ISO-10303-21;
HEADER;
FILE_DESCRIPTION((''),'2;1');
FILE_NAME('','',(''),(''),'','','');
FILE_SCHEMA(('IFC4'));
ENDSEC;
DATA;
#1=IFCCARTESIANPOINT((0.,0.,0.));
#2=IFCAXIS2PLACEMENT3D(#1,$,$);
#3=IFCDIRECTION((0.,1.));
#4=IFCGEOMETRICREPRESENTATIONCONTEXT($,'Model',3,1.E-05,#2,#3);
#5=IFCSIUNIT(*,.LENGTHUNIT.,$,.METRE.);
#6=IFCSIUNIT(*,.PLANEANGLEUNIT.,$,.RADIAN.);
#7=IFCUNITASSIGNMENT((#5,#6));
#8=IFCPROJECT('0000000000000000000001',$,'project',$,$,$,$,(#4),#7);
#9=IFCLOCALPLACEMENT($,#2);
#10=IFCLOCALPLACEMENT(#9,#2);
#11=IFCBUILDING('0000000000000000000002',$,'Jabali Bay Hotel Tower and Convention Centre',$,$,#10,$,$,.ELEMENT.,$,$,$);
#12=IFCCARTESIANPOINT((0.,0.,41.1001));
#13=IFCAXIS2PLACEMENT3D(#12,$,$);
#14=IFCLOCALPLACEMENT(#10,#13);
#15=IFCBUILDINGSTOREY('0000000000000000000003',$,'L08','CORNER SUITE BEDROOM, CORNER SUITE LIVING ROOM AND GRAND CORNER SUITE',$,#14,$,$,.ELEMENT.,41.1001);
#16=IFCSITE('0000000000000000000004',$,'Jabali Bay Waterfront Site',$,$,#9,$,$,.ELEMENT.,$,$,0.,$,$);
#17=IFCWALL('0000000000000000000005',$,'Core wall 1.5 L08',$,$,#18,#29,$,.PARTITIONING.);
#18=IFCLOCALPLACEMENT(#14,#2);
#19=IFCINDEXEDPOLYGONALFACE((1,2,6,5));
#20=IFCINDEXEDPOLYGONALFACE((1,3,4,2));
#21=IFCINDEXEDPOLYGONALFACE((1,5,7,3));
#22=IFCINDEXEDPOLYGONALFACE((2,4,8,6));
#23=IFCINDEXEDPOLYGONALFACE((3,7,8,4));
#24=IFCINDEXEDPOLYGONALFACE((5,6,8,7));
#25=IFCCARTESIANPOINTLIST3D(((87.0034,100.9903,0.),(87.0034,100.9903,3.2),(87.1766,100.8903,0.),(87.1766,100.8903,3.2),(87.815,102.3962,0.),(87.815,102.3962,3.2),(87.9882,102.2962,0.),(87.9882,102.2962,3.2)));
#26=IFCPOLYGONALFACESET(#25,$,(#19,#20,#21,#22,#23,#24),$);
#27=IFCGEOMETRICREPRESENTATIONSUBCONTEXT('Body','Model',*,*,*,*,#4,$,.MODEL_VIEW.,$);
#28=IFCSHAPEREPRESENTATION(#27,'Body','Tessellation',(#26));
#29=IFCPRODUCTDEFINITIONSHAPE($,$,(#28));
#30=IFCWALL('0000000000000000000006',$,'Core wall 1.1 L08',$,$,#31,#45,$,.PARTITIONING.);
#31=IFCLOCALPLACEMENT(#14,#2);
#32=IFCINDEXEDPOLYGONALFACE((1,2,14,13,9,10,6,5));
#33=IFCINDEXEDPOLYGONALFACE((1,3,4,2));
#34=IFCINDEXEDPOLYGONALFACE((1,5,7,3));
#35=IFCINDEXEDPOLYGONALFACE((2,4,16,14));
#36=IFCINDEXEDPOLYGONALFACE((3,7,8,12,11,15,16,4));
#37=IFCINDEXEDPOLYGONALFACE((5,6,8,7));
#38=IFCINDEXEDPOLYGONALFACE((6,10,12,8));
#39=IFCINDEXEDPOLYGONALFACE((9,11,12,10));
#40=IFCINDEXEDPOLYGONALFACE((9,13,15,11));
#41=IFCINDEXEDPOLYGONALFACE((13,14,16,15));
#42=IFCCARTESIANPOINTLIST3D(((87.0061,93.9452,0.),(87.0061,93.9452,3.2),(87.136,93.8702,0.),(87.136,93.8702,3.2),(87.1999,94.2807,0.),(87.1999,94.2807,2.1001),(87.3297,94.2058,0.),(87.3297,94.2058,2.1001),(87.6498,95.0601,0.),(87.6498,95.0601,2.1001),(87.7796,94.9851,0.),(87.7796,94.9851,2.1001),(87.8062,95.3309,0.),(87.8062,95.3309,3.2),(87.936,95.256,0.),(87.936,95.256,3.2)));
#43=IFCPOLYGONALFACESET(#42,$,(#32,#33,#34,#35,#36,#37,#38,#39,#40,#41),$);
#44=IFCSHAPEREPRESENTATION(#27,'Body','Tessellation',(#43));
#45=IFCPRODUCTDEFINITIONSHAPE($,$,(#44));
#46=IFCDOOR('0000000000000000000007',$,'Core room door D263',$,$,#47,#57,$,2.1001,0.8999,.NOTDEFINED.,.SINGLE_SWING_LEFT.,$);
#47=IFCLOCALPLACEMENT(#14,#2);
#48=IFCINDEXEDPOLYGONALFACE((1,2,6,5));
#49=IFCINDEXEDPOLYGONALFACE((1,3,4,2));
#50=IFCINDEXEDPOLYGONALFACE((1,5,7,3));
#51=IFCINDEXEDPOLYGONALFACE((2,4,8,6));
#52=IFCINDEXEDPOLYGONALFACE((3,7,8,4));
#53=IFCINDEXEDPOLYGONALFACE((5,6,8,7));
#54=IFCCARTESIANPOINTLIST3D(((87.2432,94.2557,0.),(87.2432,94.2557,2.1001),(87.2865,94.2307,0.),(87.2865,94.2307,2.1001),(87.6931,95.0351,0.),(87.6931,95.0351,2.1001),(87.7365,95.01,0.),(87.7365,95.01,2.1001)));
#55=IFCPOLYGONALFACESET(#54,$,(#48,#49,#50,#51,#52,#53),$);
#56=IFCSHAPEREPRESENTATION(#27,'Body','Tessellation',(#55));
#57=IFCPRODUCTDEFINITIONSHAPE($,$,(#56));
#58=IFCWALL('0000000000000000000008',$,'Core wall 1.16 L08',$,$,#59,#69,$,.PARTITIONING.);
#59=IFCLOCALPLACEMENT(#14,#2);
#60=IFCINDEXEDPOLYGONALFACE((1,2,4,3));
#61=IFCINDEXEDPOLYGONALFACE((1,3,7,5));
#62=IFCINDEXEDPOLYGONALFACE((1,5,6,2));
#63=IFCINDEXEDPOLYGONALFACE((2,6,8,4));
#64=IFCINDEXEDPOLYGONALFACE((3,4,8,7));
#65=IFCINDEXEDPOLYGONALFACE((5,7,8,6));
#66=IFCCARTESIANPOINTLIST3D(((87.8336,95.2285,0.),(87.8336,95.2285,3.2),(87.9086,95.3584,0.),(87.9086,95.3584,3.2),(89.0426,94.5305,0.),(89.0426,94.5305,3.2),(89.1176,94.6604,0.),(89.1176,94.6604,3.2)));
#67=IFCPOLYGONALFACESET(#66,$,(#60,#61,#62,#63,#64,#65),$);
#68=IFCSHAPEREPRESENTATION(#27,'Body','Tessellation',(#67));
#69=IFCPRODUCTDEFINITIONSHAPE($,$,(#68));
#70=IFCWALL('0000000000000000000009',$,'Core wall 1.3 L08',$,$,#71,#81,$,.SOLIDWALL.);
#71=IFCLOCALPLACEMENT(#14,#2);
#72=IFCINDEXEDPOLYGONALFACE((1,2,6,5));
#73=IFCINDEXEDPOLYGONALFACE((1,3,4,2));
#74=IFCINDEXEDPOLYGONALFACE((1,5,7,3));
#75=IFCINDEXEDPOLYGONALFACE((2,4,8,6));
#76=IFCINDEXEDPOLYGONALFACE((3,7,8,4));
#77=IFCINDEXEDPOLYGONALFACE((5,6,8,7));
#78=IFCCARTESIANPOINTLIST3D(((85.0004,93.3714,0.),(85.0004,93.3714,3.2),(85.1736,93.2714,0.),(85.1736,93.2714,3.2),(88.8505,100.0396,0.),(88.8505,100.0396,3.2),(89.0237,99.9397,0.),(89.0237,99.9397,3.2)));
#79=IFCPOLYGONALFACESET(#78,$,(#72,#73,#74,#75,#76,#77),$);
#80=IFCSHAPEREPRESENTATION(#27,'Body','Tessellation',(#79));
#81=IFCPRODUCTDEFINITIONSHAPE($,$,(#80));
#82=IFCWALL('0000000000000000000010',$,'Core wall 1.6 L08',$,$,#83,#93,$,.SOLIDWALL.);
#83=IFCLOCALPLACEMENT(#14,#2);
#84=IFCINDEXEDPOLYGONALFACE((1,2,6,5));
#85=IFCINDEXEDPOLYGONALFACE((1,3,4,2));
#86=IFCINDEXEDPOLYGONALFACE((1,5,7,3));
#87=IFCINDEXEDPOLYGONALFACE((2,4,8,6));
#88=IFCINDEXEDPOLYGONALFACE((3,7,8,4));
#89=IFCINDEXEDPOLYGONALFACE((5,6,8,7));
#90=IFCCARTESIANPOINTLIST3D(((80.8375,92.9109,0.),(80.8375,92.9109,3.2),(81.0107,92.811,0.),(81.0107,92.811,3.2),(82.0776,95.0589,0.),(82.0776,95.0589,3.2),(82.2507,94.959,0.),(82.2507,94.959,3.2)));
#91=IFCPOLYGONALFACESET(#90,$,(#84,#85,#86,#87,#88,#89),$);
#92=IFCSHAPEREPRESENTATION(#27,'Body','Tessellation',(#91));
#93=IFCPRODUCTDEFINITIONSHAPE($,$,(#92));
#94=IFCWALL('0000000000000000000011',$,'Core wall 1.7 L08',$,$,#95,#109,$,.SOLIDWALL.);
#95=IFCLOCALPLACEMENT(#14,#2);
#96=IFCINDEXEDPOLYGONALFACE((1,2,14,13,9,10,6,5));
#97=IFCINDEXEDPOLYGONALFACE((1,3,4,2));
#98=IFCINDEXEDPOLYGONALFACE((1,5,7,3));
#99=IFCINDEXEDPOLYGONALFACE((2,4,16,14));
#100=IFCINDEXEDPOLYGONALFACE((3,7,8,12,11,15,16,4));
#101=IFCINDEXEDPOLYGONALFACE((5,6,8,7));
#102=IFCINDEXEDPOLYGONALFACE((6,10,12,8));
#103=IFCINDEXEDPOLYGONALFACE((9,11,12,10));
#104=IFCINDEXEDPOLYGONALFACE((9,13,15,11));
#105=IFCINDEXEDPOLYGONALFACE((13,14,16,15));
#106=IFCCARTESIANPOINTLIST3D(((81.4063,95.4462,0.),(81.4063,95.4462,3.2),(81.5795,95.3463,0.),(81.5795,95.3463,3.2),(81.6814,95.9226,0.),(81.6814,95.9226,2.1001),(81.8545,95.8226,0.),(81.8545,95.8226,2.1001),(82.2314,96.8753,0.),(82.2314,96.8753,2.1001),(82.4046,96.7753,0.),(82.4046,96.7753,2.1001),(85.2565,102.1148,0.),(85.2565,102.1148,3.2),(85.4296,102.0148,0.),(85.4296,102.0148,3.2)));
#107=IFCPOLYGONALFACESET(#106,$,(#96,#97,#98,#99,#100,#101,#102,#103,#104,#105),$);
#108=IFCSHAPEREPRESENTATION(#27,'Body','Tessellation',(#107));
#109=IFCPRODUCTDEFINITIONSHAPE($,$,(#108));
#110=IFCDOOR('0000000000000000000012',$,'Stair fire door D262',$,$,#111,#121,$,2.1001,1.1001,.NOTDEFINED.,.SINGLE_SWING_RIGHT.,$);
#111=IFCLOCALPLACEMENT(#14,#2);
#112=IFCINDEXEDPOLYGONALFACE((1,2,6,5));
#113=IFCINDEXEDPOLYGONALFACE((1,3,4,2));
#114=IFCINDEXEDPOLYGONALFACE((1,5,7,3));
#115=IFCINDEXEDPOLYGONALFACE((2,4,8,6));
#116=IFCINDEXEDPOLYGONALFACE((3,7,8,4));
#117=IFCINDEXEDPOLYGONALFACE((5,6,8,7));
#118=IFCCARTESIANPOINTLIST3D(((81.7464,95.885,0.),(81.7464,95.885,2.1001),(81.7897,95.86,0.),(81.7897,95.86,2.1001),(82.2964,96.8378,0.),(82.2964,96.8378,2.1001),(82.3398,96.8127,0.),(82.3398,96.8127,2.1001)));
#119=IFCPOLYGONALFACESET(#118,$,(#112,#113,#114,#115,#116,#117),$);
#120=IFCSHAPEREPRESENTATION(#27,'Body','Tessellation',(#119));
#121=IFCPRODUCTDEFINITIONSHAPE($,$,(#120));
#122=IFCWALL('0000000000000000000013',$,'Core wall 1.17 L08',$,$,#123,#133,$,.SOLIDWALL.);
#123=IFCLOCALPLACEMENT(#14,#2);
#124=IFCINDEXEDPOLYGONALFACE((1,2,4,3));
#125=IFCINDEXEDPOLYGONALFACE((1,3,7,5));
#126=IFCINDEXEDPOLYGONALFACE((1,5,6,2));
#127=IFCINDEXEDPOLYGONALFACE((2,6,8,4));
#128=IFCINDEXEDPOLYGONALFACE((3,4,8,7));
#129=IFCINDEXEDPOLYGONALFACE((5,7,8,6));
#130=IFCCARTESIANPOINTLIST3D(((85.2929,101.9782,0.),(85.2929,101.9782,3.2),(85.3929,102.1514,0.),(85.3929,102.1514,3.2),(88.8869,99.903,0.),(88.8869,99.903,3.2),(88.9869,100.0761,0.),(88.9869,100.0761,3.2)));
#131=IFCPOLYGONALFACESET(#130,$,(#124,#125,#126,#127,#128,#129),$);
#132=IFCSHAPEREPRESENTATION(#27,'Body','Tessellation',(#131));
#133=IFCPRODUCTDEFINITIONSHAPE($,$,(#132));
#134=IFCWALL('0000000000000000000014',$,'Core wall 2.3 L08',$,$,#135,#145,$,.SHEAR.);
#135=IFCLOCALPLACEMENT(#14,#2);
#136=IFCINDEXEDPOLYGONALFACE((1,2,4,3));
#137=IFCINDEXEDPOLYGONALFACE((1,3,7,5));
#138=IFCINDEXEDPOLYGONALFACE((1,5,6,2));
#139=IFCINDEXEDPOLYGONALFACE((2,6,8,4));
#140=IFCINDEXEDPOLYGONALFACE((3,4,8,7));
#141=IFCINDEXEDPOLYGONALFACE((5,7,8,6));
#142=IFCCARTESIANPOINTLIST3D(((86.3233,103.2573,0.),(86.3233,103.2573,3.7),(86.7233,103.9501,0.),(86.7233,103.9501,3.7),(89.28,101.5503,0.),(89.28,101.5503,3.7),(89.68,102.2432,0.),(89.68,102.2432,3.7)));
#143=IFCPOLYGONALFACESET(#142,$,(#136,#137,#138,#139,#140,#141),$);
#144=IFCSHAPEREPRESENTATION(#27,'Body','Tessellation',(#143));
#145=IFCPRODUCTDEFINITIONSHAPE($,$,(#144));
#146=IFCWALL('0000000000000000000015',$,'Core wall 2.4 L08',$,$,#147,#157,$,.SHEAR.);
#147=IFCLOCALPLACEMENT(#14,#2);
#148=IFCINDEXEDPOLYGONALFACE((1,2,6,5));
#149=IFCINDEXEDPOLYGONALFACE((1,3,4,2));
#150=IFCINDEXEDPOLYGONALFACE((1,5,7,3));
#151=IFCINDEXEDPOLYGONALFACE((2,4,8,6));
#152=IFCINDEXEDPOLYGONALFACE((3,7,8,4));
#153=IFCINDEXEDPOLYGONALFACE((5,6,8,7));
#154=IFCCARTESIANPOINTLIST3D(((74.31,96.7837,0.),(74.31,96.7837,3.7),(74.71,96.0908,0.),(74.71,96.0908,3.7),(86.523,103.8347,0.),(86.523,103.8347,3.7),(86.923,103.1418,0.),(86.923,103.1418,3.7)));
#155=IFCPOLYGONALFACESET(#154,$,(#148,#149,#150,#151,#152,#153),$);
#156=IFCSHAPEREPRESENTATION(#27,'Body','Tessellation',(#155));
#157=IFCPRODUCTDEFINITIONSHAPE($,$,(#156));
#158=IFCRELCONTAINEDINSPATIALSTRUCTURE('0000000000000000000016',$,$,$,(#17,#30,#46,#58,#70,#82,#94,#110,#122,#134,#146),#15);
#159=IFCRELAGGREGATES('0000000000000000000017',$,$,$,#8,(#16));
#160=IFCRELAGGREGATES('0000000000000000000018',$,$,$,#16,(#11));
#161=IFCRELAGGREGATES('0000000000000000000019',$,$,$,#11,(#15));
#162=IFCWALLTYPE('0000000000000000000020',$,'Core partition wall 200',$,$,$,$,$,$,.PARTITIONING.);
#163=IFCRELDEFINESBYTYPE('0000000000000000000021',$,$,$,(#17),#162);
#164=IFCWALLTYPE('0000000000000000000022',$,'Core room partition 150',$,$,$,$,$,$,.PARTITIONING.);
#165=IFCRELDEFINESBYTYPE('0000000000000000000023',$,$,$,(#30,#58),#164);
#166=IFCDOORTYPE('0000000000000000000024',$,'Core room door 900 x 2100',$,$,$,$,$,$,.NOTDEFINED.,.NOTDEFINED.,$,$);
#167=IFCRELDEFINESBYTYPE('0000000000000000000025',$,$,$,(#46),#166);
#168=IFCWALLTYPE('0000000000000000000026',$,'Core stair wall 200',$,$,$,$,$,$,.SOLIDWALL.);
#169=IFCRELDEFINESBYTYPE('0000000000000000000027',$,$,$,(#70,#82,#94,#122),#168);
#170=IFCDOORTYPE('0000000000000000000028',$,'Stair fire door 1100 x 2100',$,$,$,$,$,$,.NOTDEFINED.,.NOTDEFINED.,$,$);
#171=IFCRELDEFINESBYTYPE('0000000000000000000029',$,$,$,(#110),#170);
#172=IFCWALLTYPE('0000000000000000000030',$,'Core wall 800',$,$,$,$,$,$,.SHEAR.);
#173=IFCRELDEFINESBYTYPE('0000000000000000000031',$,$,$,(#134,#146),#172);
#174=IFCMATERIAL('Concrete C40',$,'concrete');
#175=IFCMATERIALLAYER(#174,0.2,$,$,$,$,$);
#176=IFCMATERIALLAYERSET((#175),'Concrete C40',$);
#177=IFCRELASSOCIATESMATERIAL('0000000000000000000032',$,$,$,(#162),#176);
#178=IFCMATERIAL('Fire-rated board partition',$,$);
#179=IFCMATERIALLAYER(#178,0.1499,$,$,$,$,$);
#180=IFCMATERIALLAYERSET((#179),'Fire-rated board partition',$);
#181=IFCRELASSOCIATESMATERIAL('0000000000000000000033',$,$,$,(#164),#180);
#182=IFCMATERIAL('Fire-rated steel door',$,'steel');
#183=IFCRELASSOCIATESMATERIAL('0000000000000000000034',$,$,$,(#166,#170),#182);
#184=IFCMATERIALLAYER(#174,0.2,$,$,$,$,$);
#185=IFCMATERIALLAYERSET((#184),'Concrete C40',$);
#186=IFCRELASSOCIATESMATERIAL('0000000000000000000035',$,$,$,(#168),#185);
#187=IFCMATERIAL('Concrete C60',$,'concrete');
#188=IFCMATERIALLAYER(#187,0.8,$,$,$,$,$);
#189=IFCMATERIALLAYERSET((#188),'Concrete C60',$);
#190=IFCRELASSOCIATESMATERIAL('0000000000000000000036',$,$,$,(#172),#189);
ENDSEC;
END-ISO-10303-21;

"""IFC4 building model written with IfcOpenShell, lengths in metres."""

from ifc_helpers import new_model, si_unit, direction, frame, frame_2d, origin, place, context, subcontext, project, spatial, rectangle, extrude, material, layer, layer_set, type_object, element, fill, save


model = new_model("IFC4")

# Units and contexts
model_context = context("Model", 3, precision=1e-05, world=origin(), true_north=direction((0.0, 1.0)))
body_context = subcontext(model_context, "Body", "Model", "MODEL_VIEW")
ifc_project = project(units=[si_unit("LENGTHUNIT", "METRE"), si_unit("PLANEANGLEUNIT", "RADIAN")], contexts=[model_context])

# Site, building, storey
site_placement = place(None, origin())
site = spatial("IfcSite", under=ifc_project, at=site_placement, Name="Jabali Bay Waterfront Site", CompositionType="ELEMENT", RefElevation=0.0)
building_placement = place(site_placement, origin())
building = spatial("IfcBuilding", under=site, at=building_placement, Name="Jabali Bay Hotel Tower and Convention Centre", CompositionType="ELEMENT")
storey_placement = place(building_placement, frame((0.0, 0.0, 41.1001)))
storey = spatial("IfcBuildingStorey", under=building, at=storey_placement, Name="L08", Description="CORNER SUITE BEDROOM, CORNER SUITE LIVING ROOM AND GRAND CORNER SUITE", CompositionType="ELEMENT", Elevation=41.1001)

# Wall
ifc_material_1 = material(Name="Concrete C40", Category="concrete")
ifc_layer_1 = layer(ifc_material_1, 0.2)
ifc_layer_set_1 = layer_set([ifc_layer_1], Name="Concrete C40")
wall_type_1 = type_object("IfcWallType", Name="Core partition wall 200", PredefinedType="PARTITIONING", material=ifc_layer_set_1)
wall_1_placement = place(storey_placement, frame((87.0901, 100.9404, 0.0), z_axis=(0.0, 0.0, 1.0), x_axis=(0.499957, 0.86605, 0.0)))
element("IfcWall", 1, at=wall_1_placement, inside=storey, type_object=wall_type_1, Name="Core wall 1.5 L08", PredefinedType="PARTITIONING", context=body_context, shape_type="SweptSolid", body=[
    extrude(rectangle(XDim=1.6233, YDim=0.2, at=frame_2d((0.8115, 0.0))), origin(), (0.0, 0.0, 1.0), 3.2),
])

# Wall, opening, door
ifc_material_2 = material(Name="Fire-rated board partition")
ifc_layer_2 = layer(ifc_material_2, 0.1499)
ifc_layer_set_2 = layer_set([ifc_layer_2], Name="Fire-rated board partition")
wall_type_2 = type_object("IfcWallType", Name="Core room partition 150", PredefinedType="PARTITIONING", material=ifc_layer_set_2)
wall_2_placement = place(storey_placement, frame((87.071, 93.9077, 0.0), z_axis=(0.0, 0.0, 1.0), x_axis=(0.499995, 0.866028, 0.0)))
wall_2 = element("IfcWall", 2, at=wall_2_placement, inside=storey, type_object=wall_type_2, Name="Core wall 1.1 L08", PredefinedType="PARTITIONING", context=body_context, shape_type="SweptSolid", body=[
    extrude(rectangle(XDim=1.6001, YDim=0.1499, at=frame_2d((0.8, 0.0))), origin(), (0.0, 0.0, 1.0), 3.2),
])
opening_1_placement = place(wall_2_placement, frame((0.3875, 0.0, 0.0)))
opening_1 = element("IfcOpeningElement", 3, at=opening_1_placement, cuts=wall_2, PredefinedType="OPENING", context=body_context, shape_type="SweptSolid", body=[
    extrude(rectangle(XDim=0.8999, YDim=2.1001, at=frame_2d((0.45, 1.05))), frame((0.0, 0.0854, 0.0), z_axis=(0.0, -1.0, 0.0), x_axis=(1.0, 0.0, 0.0)), (0.0, 0.0, 1.0), 0.1709),
])
ifc_material_3 = material(Name="Fire-rated steel door", Category="steel")
door_type_1 = type_object("IfcDoorType", Name="Core room door 900 x 2100", OperationType="NOTDEFINED", PredefinedType="NOTDEFINED", material=ifc_material_3)
door_1_placement = place(opening_1_placement, origin())
door_1 = element("IfcDoor", 4, at=door_1_placement, inside=storey, type_object=door_type_1, Name="Core room door D263", OperationType="SINGLE_SWING_LEFT", OverallHeight=2.1001, OverallWidth=0.8999, PredefinedType="NOTDEFINED", context=body_context, shape_type="SweptSolid", body=[
    extrude(rectangle(XDim=0.8999, YDim=2.1001, at=frame_2d((0.45, 1.05))), frame((0.0, 0.0249, 0.0), z_axis=(0.0, -1.0, 0.0), x_axis=(1.0, 0.0, 0.0)), (0.0, 0.0, 1.0), 0.05),
])
fill(opening_1, door_1)

# Walls
wall_3_placement = place(storey_placement, frame((89.0801, 94.5955, 0.0), z_axis=(0.0, 0.0, 1.0), x_axis=(-0.866028, 0.499995, 0.0)))
element("IfcWall", 5, at=wall_3_placement, inside=storey, type_object=wall_type_2, Name="Core wall 1.16 L08", PredefinedType="PARTITIONING", context=body_context, shape_type="SweptSolid", body=[
    extrude(rectangle(XDim=1.396, YDim=0.1499, at=frame_2d((0.698, 0.0))), origin(), (0.0, 0.0, 1.0), 3.2),
])
ifc_layer_3 = layer(ifc_material_1, 0.2)
ifc_layer_set_3 = layer_set([ifc_layer_3], Name="Concrete C40")
wall_type_3 = type_object("IfcWallType", Name="Core stair wall 200", PredefinedType="SOLIDWALL", material=ifc_layer_set_3)
wall_4_placement = place(storey_placement, frame((85.0869, 93.3213, 0.0), z_axis=(0.0, 0.0, 1.0), x_axis=(0.50002, 0.866014, 0.0)))
element("IfcWall", 6, at=wall_4_placement, inside=storey, type_object=wall_type_3, Name="Core wall 1.3 L08", PredefinedType="SOLIDWALL", context=body_context, shape_type="SweptSolid", body=[
    extrude(rectangle(XDim=7.7, YDim=0.2, at=frame_2d((3.8501, 0.0))), origin(), (0.0, 0.0, 1.0), 3.2),
])
wall_5_placement = place(storey_placement, frame((80.9241, 92.8608, 0.0), z_axis=(0.0, 0.0, 1.0), x_axis=(0.499961, 0.866048, 0.0)))
element("IfcWall", 7, at=wall_5_placement, inside=storey, type_object=wall_type_3, Name="Core wall 1.6 L08", PredefinedType="SOLIDWALL", context=body_context, shape_type="SweptSolid", body=[
    extrude(rectangle(XDim=2.4802, YDim=0.2, at=frame_2d((1.2402, 0.0))), origin(), (0.0, 0.0, 1.0), 3.2),
])

# Wall, opening, door
wall_6_placement = place(storey_placement, frame((81.4929, 95.3962, 0.0), z_axis=(0.0, 0.0, 1.0), x_axis=(0.500006, 0.866022, 0.0)))
wall_6 = element("IfcWall", 8, at=wall_6_placement, inside=storey, type_object=wall_type_3, Name="Core wall 1.7 L08", PredefinedType="SOLIDWALL", context=body_context, shape_type="SweptSolid", body=[
    extrude(rectangle(XDim=7.7002, YDim=0.2, at=frame_2d((3.8501, 0.0))), origin(), (0.0, 0.0, 1.0), 3.2),
])
opening_2_placement = place(wall_6_placement, frame((0.55, 0.0, 0.0)))
opening_2 = element("IfcOpeningElement", 9, at=opening_2_placement, cuts=wall_6, PredefinedType="OPENING", context=body_context, shape_type="SweptSolid", body=[
    extrude(rectangle(XDim=1.1001, YDim=2.1001, at=frame_2d((0.55, 1.05))), frame((0.0, 0.1104, 0.0), z_axis=(0.0, -1.0, 0.0), x_axis=(1.0, 0.0, 0.0)), (0.0, 0.0, 1.0), 0.2209),
])
door_type_2 = type_object("IfcDoorType", Name="Stair fire door 1100 x 2100", OperationType="NOTDEFINED", PredefinedType="NOTDEFINED", material=ifc_material_3)
door_2_placement = place(opening_2_placement, origin())
door_2 = element("IfcDoor", 10, at=door_2_placement, inside=storey, type_object=door_type_2, Name="Stair fire door D262", OperationType="SINGLE_SWING_RIGHT", OverallHeight=2.1001, OverallWidth=1.1001, PredefinedType="NOTDEFINED", context=body_context, shape_type="SweptSolid", body=[
    extrude(rectangle(XDim=1.1001, YDim=2.1001, at=frame_2d((0.55, 1.05))), frame((0.0, 0.0249, 0.0), z_axis=(0.0, -1.0, 0.0), x_axis=(1.0, 0.0, 0.0)), (0.0, 0.0, 1.0), 0.05),
])
fill(opening_2, door_2)

# Walls
wall_7_placement = place(storey_placement, frame((88.937, 99.9895, 0.0), z_axis=(0.0, 0.0, 1.0), x_axis=(-0.866004, 0.500036, 0.0)))
element("IfcWall", 11, at=wall_7_placement, inside=storey, type_object=wall_type_3, Name="Core wall 1.17 L08", PredefinedType="SOLIDWALL", context=body_context, shape_type="SweptSolid", body=[
    extrude(rectangle(XDim=4.1501, YDim=0.2, at=frame_2d((2.0752, 0.0))), origin(), (0.0, 0.0, 1.0), 3.2),
])
ifc_material_4 = material(Name="Concrete C60", Category="concrete")
ifc_layer_4 = layer(ifc_material_4, 0.8)
ifc_layer_set_4 = layer_set([ifc_layer_4], Name="Concrete C60")
wall_type_4 = type_object("IfcWallType", Name="Core wall 800", PredefinedType="SHEAR", material=ifc_layer_set_4)
wall_8_placement = place(storey_placement, frame((89.48, 101.8967, 0.0), z_axis=(0.0, 0.0, 1.0), x_axis=(-0.866034, 0.499984, 0.0)))
element("IfcWall", 12, at=wall_8_placement, inside=storey, type_object=wall_type_4, Name="Core wall 2.3 L08", PredefinedType="SHEAR", context=body_context, shape_type="SweptSolid", body=[
    extrude(rectangle(XDim=3.4141, YDim=0.8, at=frame_2d((1.707, 0.0))), origin(), (0.0, 0.0, 1.0), 3.7),
])
wall_9_placement = place(storey_placement, frame((86.7231, 103.4883, 0.0), z_axis=(0.0, 0.0, 1.0), x_axis=(-0.866033, -0.499988, 0.0)))
element("IfcWall", 13, at=wall_9_placement, inside=storey, type_object=wall_type_4, Name="Core wall 2.4 L08", PredefinedType="SHEAR", context=body_context, shape_type="SweptSolid", body=[
    extrude(rectangle(XDim=14.1023, YDim=0.8, at=frame_2d((7.0513, 0.0))), origin(), (0.0, 0.0, 1.0), 3.7),
])

save(model, "model.ifc")
